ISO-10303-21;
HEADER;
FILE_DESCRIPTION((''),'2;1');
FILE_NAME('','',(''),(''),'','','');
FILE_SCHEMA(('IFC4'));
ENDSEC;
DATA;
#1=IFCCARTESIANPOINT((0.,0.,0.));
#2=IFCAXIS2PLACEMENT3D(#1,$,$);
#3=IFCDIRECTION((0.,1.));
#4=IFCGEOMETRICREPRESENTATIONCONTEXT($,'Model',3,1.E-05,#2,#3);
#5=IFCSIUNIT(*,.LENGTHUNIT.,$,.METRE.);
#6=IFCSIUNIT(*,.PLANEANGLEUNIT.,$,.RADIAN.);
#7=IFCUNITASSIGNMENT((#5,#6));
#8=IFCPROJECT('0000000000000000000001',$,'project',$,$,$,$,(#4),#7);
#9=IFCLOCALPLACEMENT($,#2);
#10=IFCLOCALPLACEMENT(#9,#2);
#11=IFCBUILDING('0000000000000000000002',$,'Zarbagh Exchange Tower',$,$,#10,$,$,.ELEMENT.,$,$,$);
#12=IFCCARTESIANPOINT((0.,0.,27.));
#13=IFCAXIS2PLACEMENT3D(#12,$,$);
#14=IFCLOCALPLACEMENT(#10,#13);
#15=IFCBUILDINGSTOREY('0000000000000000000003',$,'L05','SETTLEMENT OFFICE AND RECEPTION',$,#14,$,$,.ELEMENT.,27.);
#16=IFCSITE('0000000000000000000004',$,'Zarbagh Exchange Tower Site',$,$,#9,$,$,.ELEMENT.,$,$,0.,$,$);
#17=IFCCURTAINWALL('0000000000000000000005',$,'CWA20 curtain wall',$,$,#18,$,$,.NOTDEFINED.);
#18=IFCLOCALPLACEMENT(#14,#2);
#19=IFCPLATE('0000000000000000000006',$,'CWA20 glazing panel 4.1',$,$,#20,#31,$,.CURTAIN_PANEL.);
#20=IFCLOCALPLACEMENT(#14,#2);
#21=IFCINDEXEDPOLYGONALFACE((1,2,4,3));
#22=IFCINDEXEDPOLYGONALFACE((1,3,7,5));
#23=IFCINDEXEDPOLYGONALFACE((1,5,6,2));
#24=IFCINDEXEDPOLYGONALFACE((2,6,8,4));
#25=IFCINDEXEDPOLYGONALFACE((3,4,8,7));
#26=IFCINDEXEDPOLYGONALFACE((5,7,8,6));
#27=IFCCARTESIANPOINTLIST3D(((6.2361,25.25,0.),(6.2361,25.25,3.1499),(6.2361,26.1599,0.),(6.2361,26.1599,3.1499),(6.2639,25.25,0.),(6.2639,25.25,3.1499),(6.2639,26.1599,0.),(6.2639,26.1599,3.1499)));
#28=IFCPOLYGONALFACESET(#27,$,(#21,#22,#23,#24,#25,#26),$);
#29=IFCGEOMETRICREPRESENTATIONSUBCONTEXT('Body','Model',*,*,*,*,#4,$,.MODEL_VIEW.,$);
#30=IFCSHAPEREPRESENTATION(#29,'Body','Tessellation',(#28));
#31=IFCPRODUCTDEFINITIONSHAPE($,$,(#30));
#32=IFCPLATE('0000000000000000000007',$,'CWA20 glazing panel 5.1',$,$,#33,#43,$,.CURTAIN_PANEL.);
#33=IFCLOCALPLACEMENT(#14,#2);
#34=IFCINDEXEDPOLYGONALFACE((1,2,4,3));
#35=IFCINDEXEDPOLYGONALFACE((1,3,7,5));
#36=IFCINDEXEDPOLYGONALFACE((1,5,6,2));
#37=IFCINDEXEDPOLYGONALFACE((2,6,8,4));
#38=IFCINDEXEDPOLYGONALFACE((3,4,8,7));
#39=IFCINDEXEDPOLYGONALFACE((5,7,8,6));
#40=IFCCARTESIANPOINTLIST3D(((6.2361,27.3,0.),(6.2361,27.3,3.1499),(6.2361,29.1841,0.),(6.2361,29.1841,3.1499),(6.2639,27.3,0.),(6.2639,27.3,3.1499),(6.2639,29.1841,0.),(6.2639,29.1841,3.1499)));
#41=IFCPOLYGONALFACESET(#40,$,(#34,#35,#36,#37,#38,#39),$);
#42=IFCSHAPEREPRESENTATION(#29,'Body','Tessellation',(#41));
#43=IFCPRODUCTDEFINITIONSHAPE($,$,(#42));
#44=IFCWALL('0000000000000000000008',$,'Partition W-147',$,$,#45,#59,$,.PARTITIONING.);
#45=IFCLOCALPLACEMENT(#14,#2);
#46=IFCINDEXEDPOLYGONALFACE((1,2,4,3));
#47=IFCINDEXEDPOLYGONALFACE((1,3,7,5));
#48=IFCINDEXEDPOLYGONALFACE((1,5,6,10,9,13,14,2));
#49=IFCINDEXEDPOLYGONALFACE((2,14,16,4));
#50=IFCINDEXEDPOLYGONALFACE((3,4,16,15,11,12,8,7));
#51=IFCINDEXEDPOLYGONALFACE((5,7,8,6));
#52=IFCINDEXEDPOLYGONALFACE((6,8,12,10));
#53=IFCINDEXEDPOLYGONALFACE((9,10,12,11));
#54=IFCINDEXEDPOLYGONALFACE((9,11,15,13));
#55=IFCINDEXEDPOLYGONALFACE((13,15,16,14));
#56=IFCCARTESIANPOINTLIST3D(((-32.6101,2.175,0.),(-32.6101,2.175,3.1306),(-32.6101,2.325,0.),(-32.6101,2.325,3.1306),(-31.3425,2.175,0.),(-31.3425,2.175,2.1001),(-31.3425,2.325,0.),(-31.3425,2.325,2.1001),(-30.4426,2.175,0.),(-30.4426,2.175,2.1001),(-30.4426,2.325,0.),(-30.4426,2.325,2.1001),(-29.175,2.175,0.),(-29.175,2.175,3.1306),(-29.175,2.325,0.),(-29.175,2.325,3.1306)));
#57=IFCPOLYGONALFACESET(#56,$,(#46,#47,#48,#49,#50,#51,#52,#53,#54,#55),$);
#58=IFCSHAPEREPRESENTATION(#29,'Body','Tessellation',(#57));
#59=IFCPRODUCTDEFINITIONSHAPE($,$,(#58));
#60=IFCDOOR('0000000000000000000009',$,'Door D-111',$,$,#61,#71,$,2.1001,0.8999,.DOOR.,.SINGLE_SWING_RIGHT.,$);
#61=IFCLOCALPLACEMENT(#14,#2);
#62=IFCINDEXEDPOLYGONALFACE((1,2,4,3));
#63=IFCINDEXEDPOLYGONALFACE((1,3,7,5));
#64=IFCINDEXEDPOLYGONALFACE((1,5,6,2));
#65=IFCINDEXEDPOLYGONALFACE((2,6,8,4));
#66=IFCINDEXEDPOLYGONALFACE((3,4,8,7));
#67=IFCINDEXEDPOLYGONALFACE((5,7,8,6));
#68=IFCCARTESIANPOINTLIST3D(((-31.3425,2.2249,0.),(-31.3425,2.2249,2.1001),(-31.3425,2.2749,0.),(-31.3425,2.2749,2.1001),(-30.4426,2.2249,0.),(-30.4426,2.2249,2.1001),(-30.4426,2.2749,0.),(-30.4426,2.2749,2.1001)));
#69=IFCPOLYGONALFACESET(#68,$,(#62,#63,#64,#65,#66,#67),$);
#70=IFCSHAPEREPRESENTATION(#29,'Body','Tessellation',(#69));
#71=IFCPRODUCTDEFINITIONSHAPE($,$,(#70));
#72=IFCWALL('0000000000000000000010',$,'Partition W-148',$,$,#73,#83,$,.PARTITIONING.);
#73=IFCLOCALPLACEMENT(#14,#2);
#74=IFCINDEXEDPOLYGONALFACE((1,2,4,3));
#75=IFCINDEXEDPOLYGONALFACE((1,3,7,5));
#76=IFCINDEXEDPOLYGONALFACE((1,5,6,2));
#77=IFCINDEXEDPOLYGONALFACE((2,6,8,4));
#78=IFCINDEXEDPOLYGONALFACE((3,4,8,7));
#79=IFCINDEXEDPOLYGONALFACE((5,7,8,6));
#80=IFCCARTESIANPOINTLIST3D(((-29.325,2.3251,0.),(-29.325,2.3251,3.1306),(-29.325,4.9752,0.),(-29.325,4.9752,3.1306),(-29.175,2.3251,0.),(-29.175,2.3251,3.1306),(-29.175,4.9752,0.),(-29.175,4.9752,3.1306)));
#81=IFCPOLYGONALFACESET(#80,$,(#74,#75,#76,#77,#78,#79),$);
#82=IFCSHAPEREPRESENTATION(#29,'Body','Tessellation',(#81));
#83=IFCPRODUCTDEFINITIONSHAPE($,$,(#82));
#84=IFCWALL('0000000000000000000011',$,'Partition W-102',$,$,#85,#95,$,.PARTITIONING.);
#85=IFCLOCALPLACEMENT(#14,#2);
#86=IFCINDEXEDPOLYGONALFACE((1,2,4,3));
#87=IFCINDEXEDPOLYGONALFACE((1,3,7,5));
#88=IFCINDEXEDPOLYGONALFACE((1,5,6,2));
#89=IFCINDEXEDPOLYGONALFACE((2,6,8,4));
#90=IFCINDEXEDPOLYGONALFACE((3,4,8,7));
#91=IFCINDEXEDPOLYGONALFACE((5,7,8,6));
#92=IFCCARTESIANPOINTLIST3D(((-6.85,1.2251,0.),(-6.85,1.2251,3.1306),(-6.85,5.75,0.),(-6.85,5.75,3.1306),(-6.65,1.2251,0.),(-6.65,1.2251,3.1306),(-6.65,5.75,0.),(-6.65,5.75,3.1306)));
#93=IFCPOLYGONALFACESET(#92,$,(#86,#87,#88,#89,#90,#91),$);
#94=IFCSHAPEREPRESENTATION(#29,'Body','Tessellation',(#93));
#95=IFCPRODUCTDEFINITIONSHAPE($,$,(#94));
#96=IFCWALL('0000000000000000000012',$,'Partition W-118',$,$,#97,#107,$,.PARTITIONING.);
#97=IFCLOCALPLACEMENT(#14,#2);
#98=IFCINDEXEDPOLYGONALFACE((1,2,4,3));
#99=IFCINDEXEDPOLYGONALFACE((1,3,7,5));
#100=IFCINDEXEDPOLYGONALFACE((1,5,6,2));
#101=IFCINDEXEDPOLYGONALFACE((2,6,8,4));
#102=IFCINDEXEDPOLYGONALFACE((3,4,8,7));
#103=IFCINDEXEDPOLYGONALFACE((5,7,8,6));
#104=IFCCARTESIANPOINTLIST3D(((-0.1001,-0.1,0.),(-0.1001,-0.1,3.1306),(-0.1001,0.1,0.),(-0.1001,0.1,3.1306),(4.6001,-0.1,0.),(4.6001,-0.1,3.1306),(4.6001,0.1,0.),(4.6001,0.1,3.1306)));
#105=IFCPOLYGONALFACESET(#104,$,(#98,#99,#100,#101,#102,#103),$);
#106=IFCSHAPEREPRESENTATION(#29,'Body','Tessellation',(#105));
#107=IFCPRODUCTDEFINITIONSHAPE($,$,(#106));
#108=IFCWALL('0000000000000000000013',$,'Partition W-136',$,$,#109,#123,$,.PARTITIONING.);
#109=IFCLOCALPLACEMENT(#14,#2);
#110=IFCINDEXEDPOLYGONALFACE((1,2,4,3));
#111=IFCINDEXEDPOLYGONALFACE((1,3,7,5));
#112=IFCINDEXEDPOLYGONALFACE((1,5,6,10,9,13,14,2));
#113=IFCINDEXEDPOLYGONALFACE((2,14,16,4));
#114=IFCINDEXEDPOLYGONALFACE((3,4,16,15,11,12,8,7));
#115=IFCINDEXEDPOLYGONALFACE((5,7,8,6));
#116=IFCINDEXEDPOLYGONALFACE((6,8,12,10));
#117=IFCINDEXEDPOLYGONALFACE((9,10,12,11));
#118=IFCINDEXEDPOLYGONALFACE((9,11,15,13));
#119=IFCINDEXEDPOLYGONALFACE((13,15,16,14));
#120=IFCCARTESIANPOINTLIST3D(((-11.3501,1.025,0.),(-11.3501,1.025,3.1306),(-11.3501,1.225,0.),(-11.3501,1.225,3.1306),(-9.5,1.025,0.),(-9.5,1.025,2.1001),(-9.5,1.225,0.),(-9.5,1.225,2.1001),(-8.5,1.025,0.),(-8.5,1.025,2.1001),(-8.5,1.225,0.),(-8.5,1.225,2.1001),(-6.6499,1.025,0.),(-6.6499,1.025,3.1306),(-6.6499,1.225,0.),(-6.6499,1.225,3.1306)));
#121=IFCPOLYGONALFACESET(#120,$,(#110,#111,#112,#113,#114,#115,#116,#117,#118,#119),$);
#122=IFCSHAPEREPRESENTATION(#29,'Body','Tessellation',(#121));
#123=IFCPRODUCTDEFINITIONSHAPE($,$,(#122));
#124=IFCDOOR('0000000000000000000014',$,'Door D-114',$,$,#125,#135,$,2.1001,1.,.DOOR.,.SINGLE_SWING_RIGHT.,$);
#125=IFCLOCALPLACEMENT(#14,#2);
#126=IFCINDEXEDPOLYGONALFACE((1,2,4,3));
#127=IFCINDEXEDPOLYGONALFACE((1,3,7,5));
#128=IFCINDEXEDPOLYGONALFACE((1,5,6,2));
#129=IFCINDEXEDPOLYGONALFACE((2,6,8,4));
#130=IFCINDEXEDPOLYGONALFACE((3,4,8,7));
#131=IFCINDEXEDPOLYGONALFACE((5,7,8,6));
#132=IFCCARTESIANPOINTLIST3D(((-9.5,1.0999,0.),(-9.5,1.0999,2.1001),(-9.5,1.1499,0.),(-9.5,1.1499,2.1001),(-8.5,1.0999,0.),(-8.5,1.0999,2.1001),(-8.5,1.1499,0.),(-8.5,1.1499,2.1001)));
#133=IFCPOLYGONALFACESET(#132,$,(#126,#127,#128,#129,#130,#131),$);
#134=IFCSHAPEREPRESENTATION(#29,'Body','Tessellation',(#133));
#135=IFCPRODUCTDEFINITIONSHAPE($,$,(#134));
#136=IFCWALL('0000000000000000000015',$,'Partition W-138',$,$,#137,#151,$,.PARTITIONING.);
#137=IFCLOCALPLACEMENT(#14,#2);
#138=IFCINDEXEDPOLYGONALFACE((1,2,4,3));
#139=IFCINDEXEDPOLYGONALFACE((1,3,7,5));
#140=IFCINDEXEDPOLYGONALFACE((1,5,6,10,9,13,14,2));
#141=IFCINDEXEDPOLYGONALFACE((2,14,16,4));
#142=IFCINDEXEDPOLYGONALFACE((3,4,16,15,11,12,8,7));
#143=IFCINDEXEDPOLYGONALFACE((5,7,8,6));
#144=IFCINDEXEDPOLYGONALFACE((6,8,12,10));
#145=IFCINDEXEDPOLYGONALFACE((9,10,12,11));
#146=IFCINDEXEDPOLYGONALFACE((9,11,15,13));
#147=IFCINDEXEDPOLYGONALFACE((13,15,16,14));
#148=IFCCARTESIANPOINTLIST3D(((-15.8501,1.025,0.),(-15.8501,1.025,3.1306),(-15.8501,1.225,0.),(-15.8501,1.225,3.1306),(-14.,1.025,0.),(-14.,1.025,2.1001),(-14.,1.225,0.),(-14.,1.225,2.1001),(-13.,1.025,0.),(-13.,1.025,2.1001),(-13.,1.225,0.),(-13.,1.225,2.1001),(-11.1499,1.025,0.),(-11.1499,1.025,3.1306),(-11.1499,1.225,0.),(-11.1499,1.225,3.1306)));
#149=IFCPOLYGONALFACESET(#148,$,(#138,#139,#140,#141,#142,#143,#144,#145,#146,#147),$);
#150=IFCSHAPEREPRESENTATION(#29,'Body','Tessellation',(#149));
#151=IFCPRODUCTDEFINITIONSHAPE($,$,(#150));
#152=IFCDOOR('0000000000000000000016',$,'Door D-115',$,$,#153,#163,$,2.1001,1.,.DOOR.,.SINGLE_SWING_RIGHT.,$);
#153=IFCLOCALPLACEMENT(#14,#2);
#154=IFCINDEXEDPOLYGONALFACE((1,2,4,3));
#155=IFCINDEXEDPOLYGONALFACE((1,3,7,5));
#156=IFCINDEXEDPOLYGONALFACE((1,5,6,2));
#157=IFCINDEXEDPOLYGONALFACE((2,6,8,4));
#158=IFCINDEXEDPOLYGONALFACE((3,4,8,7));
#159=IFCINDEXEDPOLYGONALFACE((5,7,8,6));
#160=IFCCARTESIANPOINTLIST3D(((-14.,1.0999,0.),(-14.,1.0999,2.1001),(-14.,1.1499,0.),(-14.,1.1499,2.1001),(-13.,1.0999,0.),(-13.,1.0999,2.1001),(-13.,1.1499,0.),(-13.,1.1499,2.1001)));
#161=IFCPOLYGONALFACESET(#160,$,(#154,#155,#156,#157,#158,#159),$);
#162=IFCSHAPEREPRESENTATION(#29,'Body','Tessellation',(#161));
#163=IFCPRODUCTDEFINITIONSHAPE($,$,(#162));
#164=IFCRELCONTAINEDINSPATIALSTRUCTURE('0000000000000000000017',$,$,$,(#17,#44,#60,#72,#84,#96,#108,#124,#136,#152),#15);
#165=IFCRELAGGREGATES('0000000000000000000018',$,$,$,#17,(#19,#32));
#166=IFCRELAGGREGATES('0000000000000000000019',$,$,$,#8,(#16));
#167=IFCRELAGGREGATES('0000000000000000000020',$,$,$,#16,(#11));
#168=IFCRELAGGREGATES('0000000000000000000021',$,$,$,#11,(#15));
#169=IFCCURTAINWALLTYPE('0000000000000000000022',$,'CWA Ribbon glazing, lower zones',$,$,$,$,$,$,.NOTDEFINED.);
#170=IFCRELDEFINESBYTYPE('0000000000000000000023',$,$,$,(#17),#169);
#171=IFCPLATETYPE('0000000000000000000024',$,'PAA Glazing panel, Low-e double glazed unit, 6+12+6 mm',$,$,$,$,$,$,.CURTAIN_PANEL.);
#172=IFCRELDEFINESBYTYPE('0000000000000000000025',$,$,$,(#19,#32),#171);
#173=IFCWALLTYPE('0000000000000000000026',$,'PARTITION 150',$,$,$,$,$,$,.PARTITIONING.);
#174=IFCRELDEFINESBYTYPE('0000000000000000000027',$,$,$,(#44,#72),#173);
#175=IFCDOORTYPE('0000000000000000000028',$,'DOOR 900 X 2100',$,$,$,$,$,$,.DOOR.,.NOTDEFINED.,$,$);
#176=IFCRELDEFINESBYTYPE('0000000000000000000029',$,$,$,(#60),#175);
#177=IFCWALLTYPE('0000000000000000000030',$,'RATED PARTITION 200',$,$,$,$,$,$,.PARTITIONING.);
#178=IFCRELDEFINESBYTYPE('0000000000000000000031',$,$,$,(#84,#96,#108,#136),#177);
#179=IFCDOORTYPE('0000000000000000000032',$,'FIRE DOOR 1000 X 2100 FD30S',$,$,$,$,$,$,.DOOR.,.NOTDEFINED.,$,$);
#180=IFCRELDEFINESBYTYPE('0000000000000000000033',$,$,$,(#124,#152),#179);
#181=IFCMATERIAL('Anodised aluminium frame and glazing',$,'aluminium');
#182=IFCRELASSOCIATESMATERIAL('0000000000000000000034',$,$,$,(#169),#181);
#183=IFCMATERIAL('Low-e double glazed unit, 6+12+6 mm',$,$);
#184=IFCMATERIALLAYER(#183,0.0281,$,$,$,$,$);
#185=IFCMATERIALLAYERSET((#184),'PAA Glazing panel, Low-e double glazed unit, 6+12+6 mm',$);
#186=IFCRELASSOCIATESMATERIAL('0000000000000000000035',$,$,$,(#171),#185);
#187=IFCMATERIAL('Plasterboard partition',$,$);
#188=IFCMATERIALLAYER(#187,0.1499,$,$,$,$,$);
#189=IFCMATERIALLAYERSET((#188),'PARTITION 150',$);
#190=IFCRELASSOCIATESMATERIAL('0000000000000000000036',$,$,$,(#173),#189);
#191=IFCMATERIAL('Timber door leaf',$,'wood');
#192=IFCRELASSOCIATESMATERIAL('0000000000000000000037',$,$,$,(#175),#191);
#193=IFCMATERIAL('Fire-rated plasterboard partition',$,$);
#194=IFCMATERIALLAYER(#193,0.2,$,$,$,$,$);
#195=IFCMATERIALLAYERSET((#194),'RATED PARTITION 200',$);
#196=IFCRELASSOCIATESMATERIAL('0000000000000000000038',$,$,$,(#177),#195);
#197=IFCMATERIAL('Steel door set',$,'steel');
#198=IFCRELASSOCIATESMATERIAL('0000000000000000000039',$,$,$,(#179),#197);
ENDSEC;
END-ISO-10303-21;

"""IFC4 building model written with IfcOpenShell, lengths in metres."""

from ifc_helpers import new_model, si_unit, direction, frame, frame_2d, origin, place, context, subcontext, project, spatial, polyline, rectangle, outline, extrude, source, transform, mapped, material, layer, layer_set, type_object, element, fill, aggregate, save


model = new_model("IFC4")

# Units and contexts
model_context = context("Model", 3, precision=1e-05, world=origin(), true_north=direction((0.0, 1.0)))
body_context = subcontext(model_context, "Body", "Model", "MODEL_VIEW")
ifc_project = project(units=[si_unit("LENGTHUNIT", "METRE"), si_unit("PLANEANGLEUNIT", "RADIAN")], contexts=[model_context])

# Site, building, storey
site_placement = place(None, origin())
site = spatial("IfcSite", under=ifc_project, at=site_placement, Name="Zarbagh Exchange Tower Site", CompositionType="ELEMENT", RefElevation=0.0)
building_placement = place(site_placement, origin())
building = spatial("IfcBuilding", under=site, at=building_placement, Name="Zarbagh Exchange Tower", CompositionType="ELEMENT")
storey_placement = place(building_placement, frame((0.0, 0.0, 27.0)))
storey = spatial("IfcBuildingStorey", under=building, at=storey_placement, Name="L05", Description="SETTLEMENT OFFICE AND RECEPTION", CompositionType="ELEMENT", Elevation=27.0)

# Curtain wall
ifc_material_1 = material(Name="Anodised aluminium frame and glazing", Category="aluminium")
curtain_wall_type = type_object("IfcCurtainWallType", Name="CWA Ribbon glazing, lower zones", PredefinedType="NOTDEFINED", material=ifc_material_1)
curtain_wall_1_placement = place(storey_placement, origin())
curtain_wall_1 = element("IfcCurtainWall", 1, at=curtain_wall_1_placement, inside=storey, type_object=curtain_wall_type, Name="CWA20 curtain wall", PredefinedType="NOTDEFINED")
placement = place(storey_placement, origin())

# Shared definitions
ifc_material_2 = material(Name="Low-e double glazed unit, 6+12+6 mm")
ifc_layer_1 = layer(ifc_material_2, 0.0281)
ifc_layer_set_1 = layer_set([ifc_layer_1], Name="PAA Glazing panel, Low-e double glazed unit, 6+12+6 mm")
plate_type = type_object("IfcPlateType", Name="PAA Glazing panel, Low-e double glazed unit, 6+12+6 mm", PredefinedType="CURTAIN_PANEL", material=ifc_layer_set_1)

# Plates
shared_shape_1 = source(origin(), body_context, "Body", "SweptSolid", [
    extrude(outline(polyline([(0.0, -0.0139), (0.9099, -0.0139), (0.9099, 0.0139), (0.0, 0.0139), (0.0, -0.0139)])), origin(), (0.0, 0.0, 1.0), 3.1499),
])
plate_1 = element("IfcPlate", 2, at=placement, type_object=plate_type, Name="CWA20 glazing panel 4.1", PredefinedType="CURTAIN_PANEL", context=body_context, shape_type="MappedRepresentation", body=[
    mapped(shared_shape_1, transform((6.25, 25.25, 0.0), x_axis=(0.0, 1.0, 0.0), y_axis=(-1.0, 0.0, 0.0), z_axis=(0.0, 0.0, 1.0))),
])
shared_shape_2 = source(origin(), body_context, "Body", "SweptSolid", [
    extrude(outline(polyline([(0.0, -0.0139), (1.884, -0.0139), (1.884, 0.0139), (0.0, 0.0139), (0.0, -0.0139)])), origin(), (0.0, 0.0, 1.0), 3.1499),
])
plate_2 = element("IfcPlate", 3, at=placement, type_object=plate_type, Name="CWA20 glazing panel 5.1", PredefinedType="CURTAIN_PANEL", context=body_context, shape_type="MappedRepresentation", body=[
    mapped(shared_shape_2, transform((6.25, 27.3, 0.0), x_axis=(0.0, 1.0, 0.0), y_axis=(-1.0, 0.0, 0.0), z_axis=(0.0, 0.0, 1.0))),
])
aggregate(curtain_wall_1, [plate_1, plate_2])

# Wall, opening, door
ifc_material_3 = material(Name="Plasterboard partition")
ifc_layer_2 = layer(ifc_material_3, 0.1499)
ifc_layer_set_2 = layer_set([ifc_layer_2], Name="PARTITION 150")
wall_type_1 = type_object("IfcWallType", Name="PARTITION 150", PredefinedType="PARTITIONING", material=ifc_layer_set_2)
wall_1_placement = place(storey_placement, frame((-32.6101, 2.25, 0.0), z_axis=(0.0, 0.0, 1.0), x_axis=(1.0, 0.0, 0.0)))
wall_1 = element("IfcWall", 4, at=wall_1_placement, inside=storey, type_object=wall_type_1, Name="Partition W-147", PredefinedType="PARTITIONING", context=body_context, shape_type="SweptSolid", body=[
    extrude(rectangle(XDim=3.4351, YDim=0.1499, at=frame_2d((1.7175, 0.0))), origin(), (0.0, 0.0, 1.0), 3.1306),
])
opening_1_placement = place(wall_1_placement, frame((1.2676, 0.0, 0.0)))
opening_1 = element("IfcOpeningElement", 5, at=opening_1_placement, cuts=wall_1, PredefinedType="OPENING", context=body_context, shape_type="SweptSolid", body=[
    extrude(rectangle(XDim=0.8999, YDim=2.1001, at=frame_2d((0.45, 1.05))), frame((0.0, 0.085, 0.0), z_axis=(0.0, -1.0, 0.0), x_axis=(1.0, 0.0, 0.0)), (0.0, 0.0, 1.0), 0.1699),
])
ifc_material_4 = material(Name="Timber door leaf", Category="wood")
door_type_1 = type_object("IfcDoorType", Name="DOOR 900 X 2100", OperationType="NOTDEFINED", PredefinedType="DOOR", material=ifc_material_4)
door_1_placement = place(opening_1_placement, origin())
door_1 = element("IfcDoor", 6, at=door_1_placement, inside=storey, type_object=door_type_1, Name="Door D-111", OperationType="SINGLE_SWING_RIGHT", OverallHeight=2.1001, OverallWidth=0.8999, PredefinedType="DOOR", context=body_context, shape_type="SweptSolid", body=[
    extrude(rectangle(XDim=0.8999, YDim=2.1001, at=frame_2d((0.45, 1.05))), frame((0.0, 0.0249, 0.0), z_axis=(0.0, -1.0, 0.0), x_axis=(1.0, 0.0, 0.0)), (0.0, 0.0, 1.0), 0.05),
])
fill(opening_1, door_1)

# Walls
wall_2_placement = place(storey_placement, frame((-29.25, 2.325, 0.0), z_axis=(0.0, 0.0, 1.0), x_axis=(0.0, 1.0, 0.0)))
element("IfcWall", 7, at=wall_2_placement, inside=storey, type_object=wall_type_1, Name="Partition W-148", PredefinedType="PARTITIONING", context=body_context, shape_type="SweptSolid", body=[
    extrude(rectangle(XDim=2.6501, YDim=0.1499, at=frame_2d((1.3252, 0.0))), origin(), (0.0, 0.0, 1.0), 3.1306),
])
ifc_material_5 = material(Name="Fire-rated plasterboard partition")
ifc_layer_3 = layer(ifc_material_5, 0.2)
ifc_layer_set_3 = layer_set([ifc_layer_3], Name="RATED PARTITION 200")
wall_type_2 = type_object("IfcWallType", Name="RATED PARTITION 200", PredefinedType="PARTITIONING", material=ifc_layer_set_3)
wall_3_placement = place(storey_placement, frame((-6.75, 1.2251, 0.0), z_axis=(0.0, 0.0, 1.0), x_axis=(0.0, 1.0, 0.0)))
element("IfcWall", 8, at=wall_3_placement, inside=storey, type_object=wall_type_2, Name="Partition W-102", PredefinedType="PARTITIONING", context=body_context, shape_type="SweptSolid", body=[
    extrude(rectangle(XDim=4.5249, YDim=0.2, at=frame_2d((2.2625, 0.0))), origin(), (0.0, 0.0, 1.0), 3.1306),
])
wall_4_placement = place(storey_placement, frame((-0.1001, 0.0, 0.0), z_axis=(0.0, 0.0, 1.0), x_axis=(1.0, 0.0, 0.0)))
element("IfcWall", 9, at=wall_4_placement, inside=storey, type_object=wall_type_2, Name="Partition W-118", PredefinedType="PARTITIONING", context=body_context, shape_type="SweptSolid", body=[
    extrude(rectangle(XDim=4.7002, YDim=0.2, at=frame_2d((2.3501, 0.0))), origin(), (0.0, 0.0, 1.0), 3.1306),
])

# Walls, openings, doors
wall_5_placement = place(storey_placement, frame((-11.3501, 1.125, 0.0), z_axis=(0.0, 0.0, 1.0), x_axis=(1.0, 0.0, 0.0)))
wall_5 = element("IfcWall", 10, at=wall_5_placement, inside=storey, type_object=wall_type_2, Name="Partition W-136", PredefinedType="PARTITIONING", context=body_context, shape_type="SweptSolid", body=[
    extrude(rectangle(XDim=4.7002, YDim=0.2, at=frame_2d((2.3501, 0.0))), origin(), (0.0, 0.0, 1.0), 3.1306),
])
opening_2_placement = place(wall_5_placement, frame((1.8501, 0.0, 0.0)))
opening_2 = element("IfcOpeningElement", 11, at=opening_2_placement, cuts=wall_5, PredefinedType="OPENING", context=body_context, shape_type="SweptSolid", body=[
    extrude(rectangle(XDim=1.0, YDim=2.1001, at=frame_2d((0.5, 1.05))), frame((0.0, 0.1099, 0.0), z_axis=(0.0, -1.0, 0.0), x_axis=(1.0, 0.0, 0.0)), (0.0, 0.0, 1.0), 0.22),
])
ifc_material_6 = material(Name="Steel door set", Category="steel")
door_type_2 = type_object("IfcDoorType", Name="FIRE DOOR 1000 X 2100 FD30S", OperationType="NOTDEFINED", PredefinedType="DOOR", material=ifc_material_6)
door_2_placement = place(opening_2_placement, origin())
door_2 = element("IfcDoor", 12, at=door_2_placement, inside=storey, type_object=door_type_2, Name="Door D-114", OperationType="SINGLE_SWING_RIGHT", OverallHeight=2.1001, OverallWidth=1.0, PredefinedType="DOOR", context=body_context, shape_type="SweptSolid", body=[
    extrude(rectangle(XDim=1.0, YDim=2.1001, at=frame_2d((0.5, 1.05))), frame((0.0, 0.0249, 0.0), z_axis=(0.0, -1.0, 0.0), x_axis=(1.0, 0.0, 0.0)), (0.0, 0.0, 1.0), 0.05),
])
fill(opening_2, door_2)
wall_6_placement = place(storey_placement, frame((-15.8501, 1.125, 0.0), z_axis=(0.0, 0.0, 1.0), x_axis=(1.0, 0.0, 0.0)))
wall_6 = element("IfcWall", 13, at=wall_6_placement, inside=storey, type_object=wall_type_2, Name="Partition W-138", PredefinedType="PARTITIONING", context=body_context, shape_type="SweptSolid", body=[
    extrude(rectangle(XDim=4.7002, YDim=0.2, at=frame_2d((2.3501, 0.0))), origin(), (0.0, 0.0, 1.0), 3.1306),
])
opening_3_placement = place(wall_6_placement, frame((1.8501, 0.0, 0.0)))
opening_3 = element("IfcOpeningElement", 14, at=opening_3_placement, cuts=wall_6, PredefinedType="OPENING", context=body_context, shape_type="SweptSolid", body=[
    extrude(rectangle(XDim=1.0, YDim=2.1001, at=frame_2d((0.5, 1.05))), frame((0.0, 0.1099, 0.0), z_axis=(0.0, -1.0, 0.0), x_axis=(1.0, 0.0, 0.0)), (0.0, 0.0, 1.0), 0.22),
])
door_3_placement = place(opening_3_placement, origin())
door_3 = element("IfcDoor", 15, at=door_3_placement, inside=storey, type_object=door_type_2, Name="Door D-115", OperationType="SINGLE_SWING_RIGHT", OverallHeight=2.1001, OverallWidth=1.0, PredefinedType="DOOR", context=body_context, shape_type="SweptSolid", body=[
    extrude(rectangle(XDim=1.0, YDim=2.1001, at=frame_2d((0.5, 1.05))), frame((0.0, 0.0249, 0.0), z_axis=(0.0, -1.0, 0.0), x_axis=(1.0, 0.0, 0.0)), (0.0, 0.0, 1.0), 0.05),
])
fill(opening_3, door_3)

save(model, "model.ifc")
